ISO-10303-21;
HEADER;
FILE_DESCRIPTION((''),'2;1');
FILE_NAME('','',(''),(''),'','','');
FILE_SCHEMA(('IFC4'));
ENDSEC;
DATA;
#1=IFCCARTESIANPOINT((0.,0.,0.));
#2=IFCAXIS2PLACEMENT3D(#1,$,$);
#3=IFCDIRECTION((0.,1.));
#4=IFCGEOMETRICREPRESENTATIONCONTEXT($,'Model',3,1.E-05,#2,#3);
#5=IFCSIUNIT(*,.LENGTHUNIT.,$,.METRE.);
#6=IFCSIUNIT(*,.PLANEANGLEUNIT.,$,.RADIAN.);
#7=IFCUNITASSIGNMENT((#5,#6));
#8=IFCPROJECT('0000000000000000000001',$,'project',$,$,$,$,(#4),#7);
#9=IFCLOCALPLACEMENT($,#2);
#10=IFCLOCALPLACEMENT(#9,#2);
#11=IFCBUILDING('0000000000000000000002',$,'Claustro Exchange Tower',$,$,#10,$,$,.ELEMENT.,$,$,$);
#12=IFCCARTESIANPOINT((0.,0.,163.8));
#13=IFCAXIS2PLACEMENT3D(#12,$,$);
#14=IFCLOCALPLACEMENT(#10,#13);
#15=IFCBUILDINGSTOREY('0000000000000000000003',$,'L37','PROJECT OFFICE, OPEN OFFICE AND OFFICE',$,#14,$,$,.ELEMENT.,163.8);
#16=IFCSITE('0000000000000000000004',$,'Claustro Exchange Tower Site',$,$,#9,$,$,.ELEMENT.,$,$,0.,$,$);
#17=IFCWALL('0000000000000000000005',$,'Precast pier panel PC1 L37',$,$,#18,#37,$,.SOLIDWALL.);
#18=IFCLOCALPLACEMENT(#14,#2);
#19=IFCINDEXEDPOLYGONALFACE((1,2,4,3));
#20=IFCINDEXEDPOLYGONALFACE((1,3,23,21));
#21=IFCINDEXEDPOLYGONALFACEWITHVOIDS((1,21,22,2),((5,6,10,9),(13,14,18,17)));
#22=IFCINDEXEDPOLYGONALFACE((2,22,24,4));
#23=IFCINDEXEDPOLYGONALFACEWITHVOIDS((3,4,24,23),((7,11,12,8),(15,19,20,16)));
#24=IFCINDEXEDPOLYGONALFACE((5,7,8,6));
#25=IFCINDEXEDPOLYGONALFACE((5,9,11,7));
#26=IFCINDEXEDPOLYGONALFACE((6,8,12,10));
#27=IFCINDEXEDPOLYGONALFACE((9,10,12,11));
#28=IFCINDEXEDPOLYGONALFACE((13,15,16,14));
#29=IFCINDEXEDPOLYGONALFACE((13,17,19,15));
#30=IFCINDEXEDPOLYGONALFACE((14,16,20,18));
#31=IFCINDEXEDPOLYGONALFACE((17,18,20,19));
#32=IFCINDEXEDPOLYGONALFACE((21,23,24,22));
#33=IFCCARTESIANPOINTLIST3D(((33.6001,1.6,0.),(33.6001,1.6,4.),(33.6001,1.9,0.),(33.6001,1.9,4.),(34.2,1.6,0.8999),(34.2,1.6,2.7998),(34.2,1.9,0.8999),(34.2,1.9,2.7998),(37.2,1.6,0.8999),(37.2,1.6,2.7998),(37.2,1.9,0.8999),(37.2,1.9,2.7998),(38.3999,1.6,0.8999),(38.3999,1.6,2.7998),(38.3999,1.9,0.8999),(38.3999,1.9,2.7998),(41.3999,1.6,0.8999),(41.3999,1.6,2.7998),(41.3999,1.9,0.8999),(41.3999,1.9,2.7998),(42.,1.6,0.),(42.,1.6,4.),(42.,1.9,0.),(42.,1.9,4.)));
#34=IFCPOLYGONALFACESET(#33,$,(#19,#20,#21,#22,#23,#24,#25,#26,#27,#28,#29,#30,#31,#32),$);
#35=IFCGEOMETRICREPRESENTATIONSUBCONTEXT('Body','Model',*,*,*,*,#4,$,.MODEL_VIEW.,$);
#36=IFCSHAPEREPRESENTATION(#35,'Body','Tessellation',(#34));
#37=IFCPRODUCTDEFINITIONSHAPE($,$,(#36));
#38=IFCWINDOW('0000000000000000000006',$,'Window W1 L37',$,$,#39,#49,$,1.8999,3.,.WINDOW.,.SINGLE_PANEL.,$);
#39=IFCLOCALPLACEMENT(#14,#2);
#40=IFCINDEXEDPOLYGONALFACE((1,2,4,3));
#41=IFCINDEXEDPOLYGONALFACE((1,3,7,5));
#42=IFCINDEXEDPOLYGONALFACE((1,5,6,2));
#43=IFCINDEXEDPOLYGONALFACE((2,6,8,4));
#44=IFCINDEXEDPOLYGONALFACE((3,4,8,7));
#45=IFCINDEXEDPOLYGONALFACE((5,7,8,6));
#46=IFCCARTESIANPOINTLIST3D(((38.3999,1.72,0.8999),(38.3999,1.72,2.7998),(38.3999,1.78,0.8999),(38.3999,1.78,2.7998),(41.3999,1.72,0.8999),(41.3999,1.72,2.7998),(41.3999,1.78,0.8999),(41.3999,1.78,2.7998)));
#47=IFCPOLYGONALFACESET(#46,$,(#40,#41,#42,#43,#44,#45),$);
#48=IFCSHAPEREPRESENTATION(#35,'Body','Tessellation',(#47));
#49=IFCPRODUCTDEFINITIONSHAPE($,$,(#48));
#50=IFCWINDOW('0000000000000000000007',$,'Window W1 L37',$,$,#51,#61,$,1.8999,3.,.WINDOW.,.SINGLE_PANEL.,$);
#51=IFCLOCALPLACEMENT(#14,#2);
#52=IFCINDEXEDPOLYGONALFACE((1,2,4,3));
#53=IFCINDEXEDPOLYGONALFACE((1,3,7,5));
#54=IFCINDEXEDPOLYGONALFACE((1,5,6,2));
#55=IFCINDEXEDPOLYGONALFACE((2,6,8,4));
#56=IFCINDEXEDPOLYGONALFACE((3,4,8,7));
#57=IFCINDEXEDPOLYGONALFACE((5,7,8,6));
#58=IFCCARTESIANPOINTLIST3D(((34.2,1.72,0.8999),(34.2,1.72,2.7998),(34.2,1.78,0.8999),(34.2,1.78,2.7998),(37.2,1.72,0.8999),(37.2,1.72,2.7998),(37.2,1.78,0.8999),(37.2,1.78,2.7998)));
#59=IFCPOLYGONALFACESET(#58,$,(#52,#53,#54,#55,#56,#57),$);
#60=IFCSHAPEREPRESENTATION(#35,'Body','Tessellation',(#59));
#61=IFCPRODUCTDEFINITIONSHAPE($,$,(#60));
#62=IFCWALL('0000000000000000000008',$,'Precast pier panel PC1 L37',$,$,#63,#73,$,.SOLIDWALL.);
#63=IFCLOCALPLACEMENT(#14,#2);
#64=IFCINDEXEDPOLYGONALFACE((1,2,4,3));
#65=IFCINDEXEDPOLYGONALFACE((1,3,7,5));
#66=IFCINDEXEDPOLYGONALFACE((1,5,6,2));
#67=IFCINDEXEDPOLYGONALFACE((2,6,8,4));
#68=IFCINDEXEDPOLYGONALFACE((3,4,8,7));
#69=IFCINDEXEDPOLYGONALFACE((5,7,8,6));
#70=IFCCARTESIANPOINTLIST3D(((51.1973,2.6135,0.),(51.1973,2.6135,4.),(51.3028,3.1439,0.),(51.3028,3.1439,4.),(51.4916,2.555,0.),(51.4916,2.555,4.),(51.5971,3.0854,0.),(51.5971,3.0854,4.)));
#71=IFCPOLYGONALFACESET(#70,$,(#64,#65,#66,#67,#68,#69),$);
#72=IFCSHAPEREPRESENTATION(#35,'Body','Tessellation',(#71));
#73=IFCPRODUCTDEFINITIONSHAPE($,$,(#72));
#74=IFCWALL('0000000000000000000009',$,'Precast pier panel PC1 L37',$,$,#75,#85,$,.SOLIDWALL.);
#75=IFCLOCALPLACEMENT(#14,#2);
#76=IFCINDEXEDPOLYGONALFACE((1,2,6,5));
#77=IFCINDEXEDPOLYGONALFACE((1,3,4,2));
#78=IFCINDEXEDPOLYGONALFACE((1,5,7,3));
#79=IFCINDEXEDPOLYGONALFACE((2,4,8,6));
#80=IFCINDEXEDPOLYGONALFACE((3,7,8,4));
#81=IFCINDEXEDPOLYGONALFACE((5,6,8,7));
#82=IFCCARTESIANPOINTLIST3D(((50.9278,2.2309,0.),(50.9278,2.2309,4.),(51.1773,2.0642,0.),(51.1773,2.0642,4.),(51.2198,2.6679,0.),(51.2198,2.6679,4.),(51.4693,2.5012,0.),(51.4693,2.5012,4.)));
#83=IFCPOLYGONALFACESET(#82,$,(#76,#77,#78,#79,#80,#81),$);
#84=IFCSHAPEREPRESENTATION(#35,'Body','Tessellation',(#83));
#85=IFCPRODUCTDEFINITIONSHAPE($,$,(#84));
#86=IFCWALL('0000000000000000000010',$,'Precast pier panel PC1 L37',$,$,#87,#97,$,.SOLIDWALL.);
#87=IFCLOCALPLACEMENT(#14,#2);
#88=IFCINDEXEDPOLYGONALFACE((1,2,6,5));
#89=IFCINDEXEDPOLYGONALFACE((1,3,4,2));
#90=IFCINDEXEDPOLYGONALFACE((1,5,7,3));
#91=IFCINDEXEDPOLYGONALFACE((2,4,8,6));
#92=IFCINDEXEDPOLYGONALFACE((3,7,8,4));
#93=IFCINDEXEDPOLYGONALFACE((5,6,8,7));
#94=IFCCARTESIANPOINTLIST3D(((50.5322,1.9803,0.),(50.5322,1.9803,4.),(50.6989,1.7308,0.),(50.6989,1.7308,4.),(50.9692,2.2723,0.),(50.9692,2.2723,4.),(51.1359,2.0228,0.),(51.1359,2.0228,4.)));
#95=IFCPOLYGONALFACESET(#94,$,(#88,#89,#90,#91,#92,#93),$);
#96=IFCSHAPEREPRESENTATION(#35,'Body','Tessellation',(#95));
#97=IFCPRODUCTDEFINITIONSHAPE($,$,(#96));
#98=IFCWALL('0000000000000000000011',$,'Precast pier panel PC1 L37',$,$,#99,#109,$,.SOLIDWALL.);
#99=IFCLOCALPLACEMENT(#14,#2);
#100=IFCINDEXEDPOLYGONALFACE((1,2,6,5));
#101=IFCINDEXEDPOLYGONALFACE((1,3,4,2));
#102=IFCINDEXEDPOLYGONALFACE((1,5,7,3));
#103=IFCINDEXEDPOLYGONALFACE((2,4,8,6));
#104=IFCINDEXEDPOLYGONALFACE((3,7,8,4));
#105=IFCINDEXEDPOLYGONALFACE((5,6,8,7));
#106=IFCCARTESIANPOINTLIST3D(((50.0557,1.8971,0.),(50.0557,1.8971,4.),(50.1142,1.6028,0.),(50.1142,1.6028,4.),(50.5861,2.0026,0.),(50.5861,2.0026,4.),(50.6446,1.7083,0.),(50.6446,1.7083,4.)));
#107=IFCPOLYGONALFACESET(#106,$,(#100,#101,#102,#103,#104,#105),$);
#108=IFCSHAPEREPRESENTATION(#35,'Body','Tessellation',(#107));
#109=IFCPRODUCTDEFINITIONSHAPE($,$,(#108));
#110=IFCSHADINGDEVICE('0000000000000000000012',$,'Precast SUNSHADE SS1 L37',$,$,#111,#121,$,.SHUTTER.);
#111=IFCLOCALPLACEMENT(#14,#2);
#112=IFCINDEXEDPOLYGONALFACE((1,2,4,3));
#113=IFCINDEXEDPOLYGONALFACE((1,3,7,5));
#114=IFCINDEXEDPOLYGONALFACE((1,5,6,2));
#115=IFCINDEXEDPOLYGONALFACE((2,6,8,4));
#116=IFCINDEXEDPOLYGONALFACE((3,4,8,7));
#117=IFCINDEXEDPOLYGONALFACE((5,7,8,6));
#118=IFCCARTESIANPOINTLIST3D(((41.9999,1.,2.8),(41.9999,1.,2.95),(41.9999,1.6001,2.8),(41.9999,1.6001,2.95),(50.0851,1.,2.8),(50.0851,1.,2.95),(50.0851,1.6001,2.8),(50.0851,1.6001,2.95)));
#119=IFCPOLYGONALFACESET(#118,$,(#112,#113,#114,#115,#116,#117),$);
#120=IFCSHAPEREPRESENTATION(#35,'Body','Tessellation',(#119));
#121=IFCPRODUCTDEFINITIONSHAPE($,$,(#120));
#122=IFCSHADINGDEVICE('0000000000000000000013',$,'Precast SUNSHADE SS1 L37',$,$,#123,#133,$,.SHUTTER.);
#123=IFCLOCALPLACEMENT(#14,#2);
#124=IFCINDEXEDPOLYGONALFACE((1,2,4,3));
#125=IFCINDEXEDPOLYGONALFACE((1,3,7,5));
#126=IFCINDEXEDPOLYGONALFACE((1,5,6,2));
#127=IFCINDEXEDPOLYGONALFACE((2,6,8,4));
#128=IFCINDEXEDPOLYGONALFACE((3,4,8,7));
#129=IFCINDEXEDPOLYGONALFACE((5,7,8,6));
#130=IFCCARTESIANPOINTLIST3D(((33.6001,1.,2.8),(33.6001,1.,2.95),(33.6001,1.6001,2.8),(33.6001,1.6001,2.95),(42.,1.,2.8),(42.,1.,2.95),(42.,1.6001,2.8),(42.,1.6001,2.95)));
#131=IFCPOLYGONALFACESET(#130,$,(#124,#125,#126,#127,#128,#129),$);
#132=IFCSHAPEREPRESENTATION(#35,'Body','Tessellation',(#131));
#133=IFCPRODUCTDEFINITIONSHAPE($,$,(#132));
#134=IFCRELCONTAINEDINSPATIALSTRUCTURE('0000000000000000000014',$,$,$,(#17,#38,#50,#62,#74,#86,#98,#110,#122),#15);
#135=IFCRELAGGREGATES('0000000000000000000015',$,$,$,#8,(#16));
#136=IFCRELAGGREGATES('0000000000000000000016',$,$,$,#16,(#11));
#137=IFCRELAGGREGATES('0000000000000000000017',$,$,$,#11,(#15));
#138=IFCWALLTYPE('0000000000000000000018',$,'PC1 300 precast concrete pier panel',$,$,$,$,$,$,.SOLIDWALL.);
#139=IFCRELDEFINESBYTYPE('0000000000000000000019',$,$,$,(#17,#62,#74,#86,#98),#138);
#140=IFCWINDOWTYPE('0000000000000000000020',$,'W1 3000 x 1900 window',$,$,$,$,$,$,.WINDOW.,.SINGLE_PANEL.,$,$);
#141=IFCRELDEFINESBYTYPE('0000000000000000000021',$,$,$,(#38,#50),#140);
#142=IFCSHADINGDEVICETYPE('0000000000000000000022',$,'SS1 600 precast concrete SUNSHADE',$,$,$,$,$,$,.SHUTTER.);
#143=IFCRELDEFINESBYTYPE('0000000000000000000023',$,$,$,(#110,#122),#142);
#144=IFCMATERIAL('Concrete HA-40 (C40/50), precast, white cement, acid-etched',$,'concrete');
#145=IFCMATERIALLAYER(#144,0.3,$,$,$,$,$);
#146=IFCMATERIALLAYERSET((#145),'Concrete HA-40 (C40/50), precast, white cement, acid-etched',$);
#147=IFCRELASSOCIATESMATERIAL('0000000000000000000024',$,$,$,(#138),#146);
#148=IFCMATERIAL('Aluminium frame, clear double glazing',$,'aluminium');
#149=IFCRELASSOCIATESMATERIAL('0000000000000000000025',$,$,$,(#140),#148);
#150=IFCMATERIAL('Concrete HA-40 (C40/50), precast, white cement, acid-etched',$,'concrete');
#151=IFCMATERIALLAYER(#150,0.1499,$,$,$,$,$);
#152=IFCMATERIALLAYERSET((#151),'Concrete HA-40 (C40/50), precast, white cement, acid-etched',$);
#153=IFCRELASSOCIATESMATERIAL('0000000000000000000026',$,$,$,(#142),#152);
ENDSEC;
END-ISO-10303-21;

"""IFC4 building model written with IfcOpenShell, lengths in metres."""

from ifc_helpers import new_model, si_unit, direction, frame, frame_2d, origin, origin_2d, place, context, subcontext, project, spatial, rectangle, extrude, material, layer, layer_set, type_object, element, fill, save


model = new_model("IFC4")

# Units and contexts
model_context = context("Model", 3, precision=1e-05, world=origin(), true_north=direction((0.0, 1.0)))
body_context = subcontext(model_context, "Body", "Model", "MODEL_VIEW")
ifc_project = project(units=[si_unit("LENGTHUNIT", "METRE"), si_unit("PLANEANGLEUNIT", "RADIAN")], contexts=[model_context])

# Site, building, storey
site_placement = place(None, origin())
site = spatial("IfcSite", under=ifc_project, at=site_placement, Name="Claustro Exchange Tower Site", CompositionType="ELEMENT", RefElevation=0.0)
building_placement = place(site_placement, origin())
building = spatial("IfcBuilding", under=site, at=building_placement, Name="Claustro Exchange Tower", CompositionType="ELEMENT")
storey_placement = place(building_placement, frame((0.0, 0.0, 163.8)))
storey = spatial("IfcBuildingStorey", under=building, at=storey_placement, Name="L37", Description="PROJECT OFFICE, OPEN OFFICE AND OFFICE", CompositionType="ELEMENT", Elevation=163.8)

# Wall, openings, windows
ifc_material_1 = material(Name="Concrete HA-40 (C40/50), precast, white cement, acid-etched", Category="concrete")
ifc_layer_1 = layer(ifc_material_1, 0.3)
ifc_layer_set_1 = layer_set([ifc_layer_1], Name="Concrete HA-40 (C40/50), precast, white cement, acid-etched")
wall_type_1 = type_object("IfcWallType", Name="PC1 300 precast concrete pier panel", PredefinedType="SOLIDWALL", material=ifc_layer_set_1)
ifc_material_2 = material(Name="Aluminium frame, clear double glazing", Category="aluminium")
window_type = type_object("IfcWindowType", Name="W1 3000 x 1900 window", PartitioningType="SINGLE_PANEL", PredefinedType="WINDOW", material=ifc_material_2)
wall_1_placement = place(storey_placement, frame((42.0, 1.75, 0.0), z_axis=(0.0, 0.0, 1.0), x_axis=(-1.0, 0.0, 0.0)))
wall_1 = element("IfcWall", 1, at=wall_1_placement, inside=storey, type_object=wall_type_1, Name="Precast pier panel PC1 L37", PredefinedType="SOLIDWALL", context=body_context, shape_type="SweptSolid", body=[
    extrude(rectangle(XDim=8.3999, YDim=0.3, at=frame_2d((4.2, 0.0))), origin(), (0.0, 0.0, 1.0), 4.0),
])
opening_1_placement = place(wall_1_placement, frame((0.6001, 0.0, 0.8999)))
opening_1 = element("IfcOpeningElement", 2, at=opening_1_placement, cuts=wall_1, PredefinedType="OPENING", context=body_context, shape_type="SweptSolid", body=[
    extrude(rectangle(XDim=3.0, YDim=1.8999, at=frame_2d((1.5, 0.95))), frame((0.0, 0.1599, 0.0), z_axis=(0.0, -1.0, 0.0), x_axis=(1.0, 0.0, 0.0)), (0.0, 0.0, 1.0), 0.3201),
])
opening_2_placement = place(wall_1_placement, frame((4.8, 0.0, 0.8999)))
opening_2 = element("IfcOpeningElement", 3, at=opening_2_placement, cuts=wall_1, PredefinedType="OPENING", context=body_context, shape_type="SweptSolid", body=[
    extrude(rectangle(XDim=3.0, YDim=1.8999, at=frame_2d((1.5, 0.95))), frame((0.0, 0.1599, 0.0), z_axis=(0.0, -1.0, 0.0), x_axis=(1.0, 0.0, 0.0)), (0.0, 0.0, 1.0), 0.3201),
])
window_1_placement = place(opening_1_placement, origin())
window_1 = element("IfcWindow", 4, at=window_1_placement, inside=storey, type_object=window_type, Name="Window W1 L37", OverallHeight=1.8999, OverallWidth=3.0, PartitioningType="SINGLE_PANEL", PredefinedType="WINDOW", context=body_context, shape_type="SweptSolid", body=[
    extrude(rectangle(XDim=3.0, YDim=1.8999, at=frame_2d((1.5, 0.95))), frame((0.0, 0.03, 0.0), z_axis=(0.0, -1.0, 0.0), x_axis=(1.0, 0.0, 0.0)), (0.0, 0.0, 1.0), 0.0601),
])
fill(opening_1, window_1)
window_2_placement = place(opening_2_placement, origin())
window_2 = element("IfcWindow", 5, at=window_2_placement, inside=storey, type_object=window_type, Name="Window W1 L37", OverallHeight=1.8999, OverallWidth=3.0, PartitioningType="SINGLE_PANEL", PredefinedType="WINDOW", context=body_context, shape_type="SweptSolid", body=[
    extrude(rectangle(XDim=3.0, YDim=1.8999, at=frame_2d((1.5, 0.95))), frame((0.0, 0.03, 0.0), z_axis=(0.0, -1.0, 0.0), x_axis=(1.0, 0.0, 0.0)), (0.0, 0.0, 1.0), 0.0601),
])
fill(opening_2, window_2)

# Walls
wall_2_placement = place(storey_placement, frame((51.45, 3.1147, 0.0), z_axis=(0.0, 0.0, 1.0), x_axis=(-0.195074, -0.980789, 0.0)))
element("IfcWall", 6, at=wall_2_placement, inside=storey, type_object=wall_type_1, Name="Precast pier panel PC1 L37", PredefinedType="SOLIDWALL", context=body_context, shape_type="SweptSolid", body=[
    extrude(rectangle(XDim=0.5408, YDim=0.3, at=frame_2d((0.2705, 0.0))), origin(), (0.0, 0.0, 1.0), 4.0),
])
for number, where, z_axis, x_axis, name in (
    (7, (51.3445, 2.5845, 0.0), (0.0, 0.0, 1.0), (-0.555557, -0.831478, 0.0), "Precast pier panel PC1 L37"),
    (8, (51.0525, 2.1475, 0.0), (0.0, 0.0, 1.0), (-0.831478, -0.555557, 0.0), "Precast pier panel PC1 L37"),
):
    element("IfcWall", number, at=place(storey_placement, frame(where, z_axis=z_axis, x_axis=x_axis)), inside=storey, type_object=wall_type_1, Name=name, PredefinedType="SOLIDWALL", context=body_context, shape_type="SweptSolid", body=[
        extrude(rectangle(XDim=0.5256, YDim=0.3, at=frame_2d((0.2627, 0.0))), origin(), (0.0, 0.0, 1.0), 4.0),
    ])
wall_3_placement = place(storey_placement, frame((50.6155, 1.8555, 0.0), z_axis=(0.0, 0.0, 1.0), x_axis=(-0.980789, -0.195074, 0.0)))
element("IfcWall", 9, at=wall_3_placement, inside=storey, type_object=wall_type_1, Name="Precast pier panel PC1 L37", PredefinedType="SOLIDWALL", context=body_context, shape_type="SweptSolid", body=[
    extrude(rectangle(XDim=0.5408, YDim=0.3, at=frame_2d((0.2705, 0.0))), origin(), (0.0, 0.0, 1.0), 4.0),
])

# Shading devices
ifc_material_3 = material(Name="Concrete HA-40 (C40/50), precast, white cement, acid-etched", Category="concrete")
ifc_layer_2 = layer(ifc_material_3, 0.1499)
ifc_layer_set_2 = layer_set([ifc_layer_2], Name="Concrete HA-40 (C40/50), precast, white cement, acid-etched")
shading_device_type = type_object("IfcShadingDeviceType", Name="SS1 600 precast concrete SUNSHADE", PredefinedType="SHUTTER", material=ifc_layer_set_2)
shading_device_1_placement = place(storey_placement, frame((46.0425, 1.3, 2.8), z_axis=(0.0, 0.0, 1.0), x_axis=(-1.0, 0.0, 0.0)))
element("IfcShadingDevice", 10, at=shading_device_1_placement, inside=storey, type_object=shading_device_type, Name="Precast SUNSHADE SS1 L37", PredefinedType="SHUTTER", context=body_context, shape_type="SweptSolid", body=[
    extrude(rectangle(XDim=8.0852, YDim=0.6001, at=origin_2d()), origin(), (0.0, 0.0, 1.0), 0.1499),
])
shading_device_2_placement = place(storey_placement, frame((37.8, 1.3, 2.8), z_axis=(0.0, 0.0, 1.0), x_axis=(-1.0, 0.0, 0.0)))
element("IfcShadingDevice", 11, at=shading_device_2_placement, inside=storey, type_object=shading_device_type, Name="Precast SUNSHADE SS1 L37", PredefinedType="SHUTTER", context=body_context, shape_type="SweptSolid", body=[
    extrude(rectangle(XDim=8.3999, YDim=0.6001, at=origin_2d()), origin(), (0.0, 0.0, 1.0), 0.1499),
])

save(model, "model.ifc")
